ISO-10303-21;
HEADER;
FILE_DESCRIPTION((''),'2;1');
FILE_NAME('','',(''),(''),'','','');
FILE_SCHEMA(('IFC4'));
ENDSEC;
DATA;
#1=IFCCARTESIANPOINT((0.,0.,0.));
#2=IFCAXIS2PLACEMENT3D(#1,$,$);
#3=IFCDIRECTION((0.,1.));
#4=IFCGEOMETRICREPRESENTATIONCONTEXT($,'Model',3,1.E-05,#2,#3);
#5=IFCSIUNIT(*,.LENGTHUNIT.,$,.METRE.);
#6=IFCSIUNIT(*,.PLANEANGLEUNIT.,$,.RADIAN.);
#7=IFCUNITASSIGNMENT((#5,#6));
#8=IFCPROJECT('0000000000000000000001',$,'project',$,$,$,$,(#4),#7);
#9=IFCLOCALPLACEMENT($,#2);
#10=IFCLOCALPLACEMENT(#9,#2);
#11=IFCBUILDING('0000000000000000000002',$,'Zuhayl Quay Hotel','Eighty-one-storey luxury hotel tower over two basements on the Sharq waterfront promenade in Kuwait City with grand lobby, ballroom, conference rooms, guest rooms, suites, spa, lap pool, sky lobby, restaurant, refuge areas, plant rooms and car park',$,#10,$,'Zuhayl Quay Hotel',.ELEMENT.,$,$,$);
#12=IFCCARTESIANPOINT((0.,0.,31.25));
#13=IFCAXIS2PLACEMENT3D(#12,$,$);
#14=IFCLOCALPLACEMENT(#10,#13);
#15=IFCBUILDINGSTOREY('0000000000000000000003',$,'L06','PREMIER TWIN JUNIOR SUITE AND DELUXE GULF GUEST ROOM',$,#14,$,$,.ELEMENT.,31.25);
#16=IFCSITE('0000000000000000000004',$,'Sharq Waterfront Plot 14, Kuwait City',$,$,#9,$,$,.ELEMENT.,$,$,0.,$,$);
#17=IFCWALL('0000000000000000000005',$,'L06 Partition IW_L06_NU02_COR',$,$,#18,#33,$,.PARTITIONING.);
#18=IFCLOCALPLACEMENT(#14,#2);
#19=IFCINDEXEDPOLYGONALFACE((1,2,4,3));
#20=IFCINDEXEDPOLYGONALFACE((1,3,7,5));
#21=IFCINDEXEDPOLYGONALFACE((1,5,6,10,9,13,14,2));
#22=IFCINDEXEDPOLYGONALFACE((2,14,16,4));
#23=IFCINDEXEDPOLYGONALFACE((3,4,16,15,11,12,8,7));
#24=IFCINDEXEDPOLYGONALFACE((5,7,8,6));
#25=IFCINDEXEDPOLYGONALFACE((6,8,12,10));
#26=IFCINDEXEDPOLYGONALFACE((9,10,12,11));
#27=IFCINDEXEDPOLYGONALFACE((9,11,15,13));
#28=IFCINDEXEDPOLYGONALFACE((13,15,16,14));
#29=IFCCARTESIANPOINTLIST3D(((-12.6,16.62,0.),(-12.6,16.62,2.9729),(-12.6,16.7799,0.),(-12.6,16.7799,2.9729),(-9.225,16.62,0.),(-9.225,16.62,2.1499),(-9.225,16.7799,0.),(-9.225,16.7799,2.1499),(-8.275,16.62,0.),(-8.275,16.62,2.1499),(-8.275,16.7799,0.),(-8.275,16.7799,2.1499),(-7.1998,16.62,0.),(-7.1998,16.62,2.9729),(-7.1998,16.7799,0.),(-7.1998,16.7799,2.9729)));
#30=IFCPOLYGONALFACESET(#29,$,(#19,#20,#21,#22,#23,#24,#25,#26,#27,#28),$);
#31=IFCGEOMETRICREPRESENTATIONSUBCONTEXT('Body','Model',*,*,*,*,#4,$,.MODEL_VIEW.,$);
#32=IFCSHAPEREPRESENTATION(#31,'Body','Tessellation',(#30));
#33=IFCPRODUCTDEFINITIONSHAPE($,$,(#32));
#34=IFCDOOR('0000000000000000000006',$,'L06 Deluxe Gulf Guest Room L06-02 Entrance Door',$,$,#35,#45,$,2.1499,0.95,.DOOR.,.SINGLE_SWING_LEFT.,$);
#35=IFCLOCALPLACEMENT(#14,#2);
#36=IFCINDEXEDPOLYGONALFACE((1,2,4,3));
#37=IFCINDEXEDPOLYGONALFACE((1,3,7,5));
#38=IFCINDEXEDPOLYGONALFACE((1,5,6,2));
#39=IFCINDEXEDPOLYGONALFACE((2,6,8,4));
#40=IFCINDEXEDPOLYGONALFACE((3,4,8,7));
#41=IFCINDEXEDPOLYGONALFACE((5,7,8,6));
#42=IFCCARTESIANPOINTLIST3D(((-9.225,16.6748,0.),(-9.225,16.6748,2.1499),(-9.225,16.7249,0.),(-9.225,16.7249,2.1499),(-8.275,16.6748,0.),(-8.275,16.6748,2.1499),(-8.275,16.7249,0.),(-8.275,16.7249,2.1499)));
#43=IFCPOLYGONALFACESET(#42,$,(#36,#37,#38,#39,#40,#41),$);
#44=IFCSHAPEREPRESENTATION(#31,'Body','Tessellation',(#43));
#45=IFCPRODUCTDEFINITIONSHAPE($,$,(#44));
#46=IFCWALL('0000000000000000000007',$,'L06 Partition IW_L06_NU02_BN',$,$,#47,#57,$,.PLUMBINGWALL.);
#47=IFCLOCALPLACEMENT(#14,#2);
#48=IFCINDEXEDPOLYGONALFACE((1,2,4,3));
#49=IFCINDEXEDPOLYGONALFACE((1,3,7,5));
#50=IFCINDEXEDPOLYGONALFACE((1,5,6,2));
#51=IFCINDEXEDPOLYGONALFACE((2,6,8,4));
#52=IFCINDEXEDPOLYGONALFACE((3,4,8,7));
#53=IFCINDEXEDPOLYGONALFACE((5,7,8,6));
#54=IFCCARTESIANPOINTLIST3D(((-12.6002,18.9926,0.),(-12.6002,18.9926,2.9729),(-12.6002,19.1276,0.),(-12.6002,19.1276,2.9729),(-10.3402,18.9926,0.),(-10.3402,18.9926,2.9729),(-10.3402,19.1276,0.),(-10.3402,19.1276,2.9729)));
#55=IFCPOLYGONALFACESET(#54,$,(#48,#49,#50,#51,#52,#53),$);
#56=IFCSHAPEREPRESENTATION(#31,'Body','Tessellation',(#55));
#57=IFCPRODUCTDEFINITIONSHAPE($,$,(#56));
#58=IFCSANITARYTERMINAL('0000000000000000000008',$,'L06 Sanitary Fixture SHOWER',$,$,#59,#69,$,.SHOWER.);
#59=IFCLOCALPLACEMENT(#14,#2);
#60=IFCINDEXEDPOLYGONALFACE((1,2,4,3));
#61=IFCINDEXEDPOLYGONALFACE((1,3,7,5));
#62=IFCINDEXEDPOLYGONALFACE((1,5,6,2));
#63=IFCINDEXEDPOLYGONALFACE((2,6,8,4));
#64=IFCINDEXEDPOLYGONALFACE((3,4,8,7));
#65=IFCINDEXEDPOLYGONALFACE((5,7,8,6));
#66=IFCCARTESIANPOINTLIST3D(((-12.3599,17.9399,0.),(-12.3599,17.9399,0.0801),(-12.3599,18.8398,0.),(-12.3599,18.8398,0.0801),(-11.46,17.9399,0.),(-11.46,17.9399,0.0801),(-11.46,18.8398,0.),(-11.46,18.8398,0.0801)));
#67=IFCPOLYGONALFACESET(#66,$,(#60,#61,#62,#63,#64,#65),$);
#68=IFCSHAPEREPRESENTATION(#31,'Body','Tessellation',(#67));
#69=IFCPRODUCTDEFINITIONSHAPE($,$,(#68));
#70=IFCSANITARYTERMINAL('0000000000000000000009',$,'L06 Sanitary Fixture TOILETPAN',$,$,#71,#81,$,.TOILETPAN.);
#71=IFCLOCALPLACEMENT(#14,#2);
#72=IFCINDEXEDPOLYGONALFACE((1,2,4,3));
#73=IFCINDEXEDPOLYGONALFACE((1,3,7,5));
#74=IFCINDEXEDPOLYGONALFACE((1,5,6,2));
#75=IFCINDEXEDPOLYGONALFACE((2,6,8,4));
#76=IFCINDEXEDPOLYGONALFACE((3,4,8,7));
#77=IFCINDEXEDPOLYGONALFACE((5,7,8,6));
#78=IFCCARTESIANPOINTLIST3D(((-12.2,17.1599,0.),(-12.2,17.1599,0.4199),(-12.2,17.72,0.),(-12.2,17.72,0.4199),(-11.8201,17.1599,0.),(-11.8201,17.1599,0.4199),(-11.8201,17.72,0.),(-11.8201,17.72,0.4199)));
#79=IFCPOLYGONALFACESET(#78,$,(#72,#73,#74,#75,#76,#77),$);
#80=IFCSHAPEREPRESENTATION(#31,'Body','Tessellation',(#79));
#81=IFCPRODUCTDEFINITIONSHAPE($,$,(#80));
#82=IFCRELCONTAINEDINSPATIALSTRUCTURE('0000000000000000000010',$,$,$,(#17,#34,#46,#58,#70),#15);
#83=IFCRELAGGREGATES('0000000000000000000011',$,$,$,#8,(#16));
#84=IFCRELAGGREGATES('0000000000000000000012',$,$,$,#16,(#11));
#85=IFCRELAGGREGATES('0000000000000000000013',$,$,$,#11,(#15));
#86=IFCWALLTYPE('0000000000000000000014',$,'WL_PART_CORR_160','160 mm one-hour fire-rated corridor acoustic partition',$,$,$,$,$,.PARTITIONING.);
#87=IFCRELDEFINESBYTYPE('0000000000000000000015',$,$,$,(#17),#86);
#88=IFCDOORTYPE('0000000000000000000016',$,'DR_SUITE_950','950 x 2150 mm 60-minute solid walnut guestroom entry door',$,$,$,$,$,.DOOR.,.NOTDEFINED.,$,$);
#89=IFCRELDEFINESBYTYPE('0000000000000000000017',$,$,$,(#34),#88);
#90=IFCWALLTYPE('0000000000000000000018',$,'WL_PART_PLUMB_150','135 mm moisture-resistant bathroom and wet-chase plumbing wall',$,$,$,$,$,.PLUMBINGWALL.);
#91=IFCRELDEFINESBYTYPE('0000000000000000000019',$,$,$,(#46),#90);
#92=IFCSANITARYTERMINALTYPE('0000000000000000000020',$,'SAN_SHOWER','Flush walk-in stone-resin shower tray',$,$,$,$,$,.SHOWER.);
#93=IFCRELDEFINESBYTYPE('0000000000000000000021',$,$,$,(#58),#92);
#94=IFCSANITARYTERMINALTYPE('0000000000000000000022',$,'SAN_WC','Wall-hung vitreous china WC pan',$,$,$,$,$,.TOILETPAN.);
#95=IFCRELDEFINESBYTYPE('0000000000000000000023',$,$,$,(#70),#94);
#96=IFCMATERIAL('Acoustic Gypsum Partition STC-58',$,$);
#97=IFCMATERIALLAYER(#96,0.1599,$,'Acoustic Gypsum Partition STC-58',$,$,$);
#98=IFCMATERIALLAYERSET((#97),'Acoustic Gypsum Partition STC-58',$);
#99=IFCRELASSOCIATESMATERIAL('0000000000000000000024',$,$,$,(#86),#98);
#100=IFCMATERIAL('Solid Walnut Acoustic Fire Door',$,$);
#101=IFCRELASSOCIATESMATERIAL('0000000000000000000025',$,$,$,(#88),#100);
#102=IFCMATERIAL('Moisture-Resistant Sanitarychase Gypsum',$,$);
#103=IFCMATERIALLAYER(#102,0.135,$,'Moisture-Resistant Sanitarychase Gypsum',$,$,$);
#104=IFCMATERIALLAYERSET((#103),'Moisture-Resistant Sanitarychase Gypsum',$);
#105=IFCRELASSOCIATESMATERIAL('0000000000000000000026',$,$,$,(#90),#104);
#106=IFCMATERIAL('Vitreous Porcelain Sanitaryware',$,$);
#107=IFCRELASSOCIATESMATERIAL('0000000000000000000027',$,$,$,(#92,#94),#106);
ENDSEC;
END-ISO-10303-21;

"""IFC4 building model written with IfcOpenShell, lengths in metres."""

from ifc_helpers import new_model, si_unit, direction, frame, frame_2d, origin, origin_2d, place, context, subcontext, project, spatial, rectangle, extrude, material, layer, layer_set, type_object, element, fill, save


model = new_model("IFC4")

# Units and contexts
model_context = context("Model", 3, precision=1e-05, world=origin(), true_north=direction((0.0, 1.0)))
body_context = subcontext(model_context, "Body", "Model", "MODEL_VIEW")
ifc_project = project(units=[si_unit("LENGTHUNIT", "METRE"), si_unit("PLANEANGLEUNIT", "RADIAN")], contexts=[model_context])

# Site, building, storey
site_placement = place(None, origin())
site = spatial("IfcSite", under=ifc_project, at=site_placement, Name="Sharq Waterfront Plot 14, Kuwait City", CompositionType="ELEMENT", RefElevation=0.0)
building_placement = place(site_placement, origin())
building = spatial("IfcBuilding", under=site, at=building_placement, Name="Zuhayl Quay Hotel", Description="Eighty-one-storey luxury hotel tower over two basements on the Sharq waterfront promenade in Kuwait City with grand lobby, ballroom, conference rooms, guest rooms, suites, spa, lap pool, sky lobby, restaurant, refuge areas, plant rooms and car park", LongName="Zuhayl Quay Hotel", CompositionType="ELEMENT")
storey_placement = place(building_placement, frame((0.0, 0.0, 31.25)))
storey = spatial("IfcBuildingStorey", under=building, at=storey_placement, Name="L06", Description="PREMIER TWIN JUNIOR SUITE AND DELUXE GULF GUEST ROOM", CompositionType="ELEMENT", Elevation=31.25)

# Shared definitions
ifc_material_1 = material(Name="Acoustic Gypsum Partition STC-58")

# Wall, opening, door
ifc_layer_1 = layer(ifc_material_1, 0.1599, Name="Acoustic Gypsum Partition STC-58")
ifc_layer_set_1 = layer_set([ifc_layer_1], Name="Acoustic Gypsum Partition STC-58")
wall_type_1 = type_object("IfcWallType", Name="WL_PART_CORR_160", Description="160 mm one-hour fire-rated corridor acoustic partition", PredefinedType="PARTITIONING", material=ifc_layer_set_1)
wall_1_placement = place(storey_placement, frame((-12.6001, 16.7, 0.0), z_axis=(0.0, 0.0, 1.0), x_axis=(1.0, 0.0, 0.0)))
wall_1 = element("IfcWall", 1, at=wall_1_placement, inside=storey, type_object=wall_type_1, Name="L06 Partition IW_L06_NU02_COR", PredefinedType="PARTITIONING", context=body_context, shape_type="SweptSolid", body=[
    extrude(rectangle(XDim=5.4001, YDim=0.1599, at=frame_2d((2.7002, 0.0))), origin(), (0.0, 0.0, 1.0), 2.9729),
])
opening_1_placement = place(wall_1_placement, frame((3.375, 0.0, 0.0)))
opening_1 = element("IfcOpeningElement", 2, at=opening_1_placement, cuts=wall_1, PredefinedType="OPENING", context=body_context, shape_type="SweptSolid", body=[
    extrude(rectangle(XDim=0.95, YDim=2.1499, at=frame_2d((0.4751, 1.075))), frame((0.0, 0.0898, 0.0), z_axis=(0.0, -1.0, 0.0), x_axis=(1.0, 0.0, 0.0)), (0.0, 0.0, 1.0), 0.1799),
])
ifc_material_2 = material(Name="Solid Walnut Acoustic Fire Door")
door_type_1 = type_object("IfcDoorType", Name="DR_SUITE_950", Description="950 x 2150 mm 60-minute solid walnut guestroom entry door", OperationType="NOTDEFINED", PredefinedType="DOOR", material=ifc_material_2)
door_1_placement = place(opening_1_placement, origin())
door_1 = element("IfcDoor", 3, at=door_1_placement, inside=storey, type_object=door_type_1, Name="L06 Deluxe Gulf Guest Room L06-02 Entrance Door", OperationType="SINGLE_SWING_LEFT", OverallHeight=2.1499, OverallWidth=0.95, PredefinedType="DOOR", context=body_context, shape_type="SweptSolid", body=[
    extrude(rectangle(XDim=0.95, YDim=2.1499, at=frame_2d((0.4751, 1.075))), frame((0.0, 0.0249, 0.0), z_axis=(0.0, -1.0, 0.0), x_axis=(1.0, 0.0, 0.0)), (0.0, 0.0, 1.0), 0.05),
])
fill(opening_1, door_1)

# Wall
ifc_material_3 = material(Name="Moisture-Resistant Sanitarychase Gypsum")
ifc_layer_2 = layer(ifc_material_3, 0.135, Name="Moisture-Resistant Sanitarychase Gypsum")
ifc_layer_set_2 = layer_set([ifc_layer_2], Name="Moisture-Resistant Sanitarychase Gypsum")
wall_type_2 = type_object("IfcWallType", Name="WL_PART_PLUMB_150", Description="135 mm moisture-resistant bathroom and wet-chase plumbing wall", PredefinedType="PLUMBINGWALL", material=ifc_layer_set_2)
wall_2_placement = place(storey_placement, frame((-12.6001, 19.0601, 0.0), z_axis=(0.0, 0.0, 1.0), x_axis=(1.0, 0.0, 0.0)))
element("IfcWall", 4, at=wall_2_placement, inside=storey, type_object=wall_type_2, Name="L06 Partition IW_L06_NU02_BN", PredefinedType="PLUMBINGWALL", context=body_context, shape_type="SweptSolid", body=[
    extrude(rectangle(XDim=2.26, YDim=0.135, at=frame_2d((1.1299, 0.0))), origin(), (0.0, 0.0, 1.0), 2.9729),
])

# Sanitary terminals
ifc_material_4 = material(Name="Vitreous Porcelain Sanitaryware")
sanitary_terminal_type_1 = type_object("IfcSanitaryTerminalType", Name="SAN_SHOWER", Description="Flush walk-in stone-resin shower tray", PredefinedType="SHOWER", material=ifc_material_4)
sanitary_terminal_1_placement = place(storey_placement, frame((-11.9099, 18.3899, 0.0), z_axis=(0.0, 0.0, 1.0), x_axis=(1.0, 0.0, 0.0)))
element("IfcSanitaryTerminal", 5, at=sanitary_terminal_1_placement, inside=storey, type_object=sanitary_terminal_type_1, Name="L06 Sanitary Fixture SHOWER", PredefinedType="SHOWER", context=body_context, shape_type="SweptSolid", body=[
    extrude(rectangle(XDim=0.8999, YDim=0.8999, at=origin_2d()), origin(), (0.0, 0.0, 1.0), 0.0801),
])
sanitary_terminal_type_2 = type_object("IfcSanitaryTerminalType", Name="SAN_WC", Description="Wall-hung vitreous china WC pan", PredefinedType="TOILETPAN", material=ifc_material_4)
sanitary_terminal_2_placement = place(storey_placement, frame((-12.01, 17.4399, 0.0), z_axis=(0.0, 0.0, 1.0), x_axis=(1.0, 0.0, 0.0)))
element("IfcSanitaryTerminal", 6, at=sanitary_terminal_2_placement, inside=storey, type_object=sanitary_terminal_type_2, Name="L06 Sanitary Fixture TOILETPAN", PredefinedType="TOILETPAN", context=body_context, shape_type="SweptSolid", body=[
    extrude(rectangle(XDim=0.3799, YDim=0.5601, at=origin_2d()), origin(), (0.0, 0.0, 1.0), 0.4199),
])

save(model, "model.ifc")
